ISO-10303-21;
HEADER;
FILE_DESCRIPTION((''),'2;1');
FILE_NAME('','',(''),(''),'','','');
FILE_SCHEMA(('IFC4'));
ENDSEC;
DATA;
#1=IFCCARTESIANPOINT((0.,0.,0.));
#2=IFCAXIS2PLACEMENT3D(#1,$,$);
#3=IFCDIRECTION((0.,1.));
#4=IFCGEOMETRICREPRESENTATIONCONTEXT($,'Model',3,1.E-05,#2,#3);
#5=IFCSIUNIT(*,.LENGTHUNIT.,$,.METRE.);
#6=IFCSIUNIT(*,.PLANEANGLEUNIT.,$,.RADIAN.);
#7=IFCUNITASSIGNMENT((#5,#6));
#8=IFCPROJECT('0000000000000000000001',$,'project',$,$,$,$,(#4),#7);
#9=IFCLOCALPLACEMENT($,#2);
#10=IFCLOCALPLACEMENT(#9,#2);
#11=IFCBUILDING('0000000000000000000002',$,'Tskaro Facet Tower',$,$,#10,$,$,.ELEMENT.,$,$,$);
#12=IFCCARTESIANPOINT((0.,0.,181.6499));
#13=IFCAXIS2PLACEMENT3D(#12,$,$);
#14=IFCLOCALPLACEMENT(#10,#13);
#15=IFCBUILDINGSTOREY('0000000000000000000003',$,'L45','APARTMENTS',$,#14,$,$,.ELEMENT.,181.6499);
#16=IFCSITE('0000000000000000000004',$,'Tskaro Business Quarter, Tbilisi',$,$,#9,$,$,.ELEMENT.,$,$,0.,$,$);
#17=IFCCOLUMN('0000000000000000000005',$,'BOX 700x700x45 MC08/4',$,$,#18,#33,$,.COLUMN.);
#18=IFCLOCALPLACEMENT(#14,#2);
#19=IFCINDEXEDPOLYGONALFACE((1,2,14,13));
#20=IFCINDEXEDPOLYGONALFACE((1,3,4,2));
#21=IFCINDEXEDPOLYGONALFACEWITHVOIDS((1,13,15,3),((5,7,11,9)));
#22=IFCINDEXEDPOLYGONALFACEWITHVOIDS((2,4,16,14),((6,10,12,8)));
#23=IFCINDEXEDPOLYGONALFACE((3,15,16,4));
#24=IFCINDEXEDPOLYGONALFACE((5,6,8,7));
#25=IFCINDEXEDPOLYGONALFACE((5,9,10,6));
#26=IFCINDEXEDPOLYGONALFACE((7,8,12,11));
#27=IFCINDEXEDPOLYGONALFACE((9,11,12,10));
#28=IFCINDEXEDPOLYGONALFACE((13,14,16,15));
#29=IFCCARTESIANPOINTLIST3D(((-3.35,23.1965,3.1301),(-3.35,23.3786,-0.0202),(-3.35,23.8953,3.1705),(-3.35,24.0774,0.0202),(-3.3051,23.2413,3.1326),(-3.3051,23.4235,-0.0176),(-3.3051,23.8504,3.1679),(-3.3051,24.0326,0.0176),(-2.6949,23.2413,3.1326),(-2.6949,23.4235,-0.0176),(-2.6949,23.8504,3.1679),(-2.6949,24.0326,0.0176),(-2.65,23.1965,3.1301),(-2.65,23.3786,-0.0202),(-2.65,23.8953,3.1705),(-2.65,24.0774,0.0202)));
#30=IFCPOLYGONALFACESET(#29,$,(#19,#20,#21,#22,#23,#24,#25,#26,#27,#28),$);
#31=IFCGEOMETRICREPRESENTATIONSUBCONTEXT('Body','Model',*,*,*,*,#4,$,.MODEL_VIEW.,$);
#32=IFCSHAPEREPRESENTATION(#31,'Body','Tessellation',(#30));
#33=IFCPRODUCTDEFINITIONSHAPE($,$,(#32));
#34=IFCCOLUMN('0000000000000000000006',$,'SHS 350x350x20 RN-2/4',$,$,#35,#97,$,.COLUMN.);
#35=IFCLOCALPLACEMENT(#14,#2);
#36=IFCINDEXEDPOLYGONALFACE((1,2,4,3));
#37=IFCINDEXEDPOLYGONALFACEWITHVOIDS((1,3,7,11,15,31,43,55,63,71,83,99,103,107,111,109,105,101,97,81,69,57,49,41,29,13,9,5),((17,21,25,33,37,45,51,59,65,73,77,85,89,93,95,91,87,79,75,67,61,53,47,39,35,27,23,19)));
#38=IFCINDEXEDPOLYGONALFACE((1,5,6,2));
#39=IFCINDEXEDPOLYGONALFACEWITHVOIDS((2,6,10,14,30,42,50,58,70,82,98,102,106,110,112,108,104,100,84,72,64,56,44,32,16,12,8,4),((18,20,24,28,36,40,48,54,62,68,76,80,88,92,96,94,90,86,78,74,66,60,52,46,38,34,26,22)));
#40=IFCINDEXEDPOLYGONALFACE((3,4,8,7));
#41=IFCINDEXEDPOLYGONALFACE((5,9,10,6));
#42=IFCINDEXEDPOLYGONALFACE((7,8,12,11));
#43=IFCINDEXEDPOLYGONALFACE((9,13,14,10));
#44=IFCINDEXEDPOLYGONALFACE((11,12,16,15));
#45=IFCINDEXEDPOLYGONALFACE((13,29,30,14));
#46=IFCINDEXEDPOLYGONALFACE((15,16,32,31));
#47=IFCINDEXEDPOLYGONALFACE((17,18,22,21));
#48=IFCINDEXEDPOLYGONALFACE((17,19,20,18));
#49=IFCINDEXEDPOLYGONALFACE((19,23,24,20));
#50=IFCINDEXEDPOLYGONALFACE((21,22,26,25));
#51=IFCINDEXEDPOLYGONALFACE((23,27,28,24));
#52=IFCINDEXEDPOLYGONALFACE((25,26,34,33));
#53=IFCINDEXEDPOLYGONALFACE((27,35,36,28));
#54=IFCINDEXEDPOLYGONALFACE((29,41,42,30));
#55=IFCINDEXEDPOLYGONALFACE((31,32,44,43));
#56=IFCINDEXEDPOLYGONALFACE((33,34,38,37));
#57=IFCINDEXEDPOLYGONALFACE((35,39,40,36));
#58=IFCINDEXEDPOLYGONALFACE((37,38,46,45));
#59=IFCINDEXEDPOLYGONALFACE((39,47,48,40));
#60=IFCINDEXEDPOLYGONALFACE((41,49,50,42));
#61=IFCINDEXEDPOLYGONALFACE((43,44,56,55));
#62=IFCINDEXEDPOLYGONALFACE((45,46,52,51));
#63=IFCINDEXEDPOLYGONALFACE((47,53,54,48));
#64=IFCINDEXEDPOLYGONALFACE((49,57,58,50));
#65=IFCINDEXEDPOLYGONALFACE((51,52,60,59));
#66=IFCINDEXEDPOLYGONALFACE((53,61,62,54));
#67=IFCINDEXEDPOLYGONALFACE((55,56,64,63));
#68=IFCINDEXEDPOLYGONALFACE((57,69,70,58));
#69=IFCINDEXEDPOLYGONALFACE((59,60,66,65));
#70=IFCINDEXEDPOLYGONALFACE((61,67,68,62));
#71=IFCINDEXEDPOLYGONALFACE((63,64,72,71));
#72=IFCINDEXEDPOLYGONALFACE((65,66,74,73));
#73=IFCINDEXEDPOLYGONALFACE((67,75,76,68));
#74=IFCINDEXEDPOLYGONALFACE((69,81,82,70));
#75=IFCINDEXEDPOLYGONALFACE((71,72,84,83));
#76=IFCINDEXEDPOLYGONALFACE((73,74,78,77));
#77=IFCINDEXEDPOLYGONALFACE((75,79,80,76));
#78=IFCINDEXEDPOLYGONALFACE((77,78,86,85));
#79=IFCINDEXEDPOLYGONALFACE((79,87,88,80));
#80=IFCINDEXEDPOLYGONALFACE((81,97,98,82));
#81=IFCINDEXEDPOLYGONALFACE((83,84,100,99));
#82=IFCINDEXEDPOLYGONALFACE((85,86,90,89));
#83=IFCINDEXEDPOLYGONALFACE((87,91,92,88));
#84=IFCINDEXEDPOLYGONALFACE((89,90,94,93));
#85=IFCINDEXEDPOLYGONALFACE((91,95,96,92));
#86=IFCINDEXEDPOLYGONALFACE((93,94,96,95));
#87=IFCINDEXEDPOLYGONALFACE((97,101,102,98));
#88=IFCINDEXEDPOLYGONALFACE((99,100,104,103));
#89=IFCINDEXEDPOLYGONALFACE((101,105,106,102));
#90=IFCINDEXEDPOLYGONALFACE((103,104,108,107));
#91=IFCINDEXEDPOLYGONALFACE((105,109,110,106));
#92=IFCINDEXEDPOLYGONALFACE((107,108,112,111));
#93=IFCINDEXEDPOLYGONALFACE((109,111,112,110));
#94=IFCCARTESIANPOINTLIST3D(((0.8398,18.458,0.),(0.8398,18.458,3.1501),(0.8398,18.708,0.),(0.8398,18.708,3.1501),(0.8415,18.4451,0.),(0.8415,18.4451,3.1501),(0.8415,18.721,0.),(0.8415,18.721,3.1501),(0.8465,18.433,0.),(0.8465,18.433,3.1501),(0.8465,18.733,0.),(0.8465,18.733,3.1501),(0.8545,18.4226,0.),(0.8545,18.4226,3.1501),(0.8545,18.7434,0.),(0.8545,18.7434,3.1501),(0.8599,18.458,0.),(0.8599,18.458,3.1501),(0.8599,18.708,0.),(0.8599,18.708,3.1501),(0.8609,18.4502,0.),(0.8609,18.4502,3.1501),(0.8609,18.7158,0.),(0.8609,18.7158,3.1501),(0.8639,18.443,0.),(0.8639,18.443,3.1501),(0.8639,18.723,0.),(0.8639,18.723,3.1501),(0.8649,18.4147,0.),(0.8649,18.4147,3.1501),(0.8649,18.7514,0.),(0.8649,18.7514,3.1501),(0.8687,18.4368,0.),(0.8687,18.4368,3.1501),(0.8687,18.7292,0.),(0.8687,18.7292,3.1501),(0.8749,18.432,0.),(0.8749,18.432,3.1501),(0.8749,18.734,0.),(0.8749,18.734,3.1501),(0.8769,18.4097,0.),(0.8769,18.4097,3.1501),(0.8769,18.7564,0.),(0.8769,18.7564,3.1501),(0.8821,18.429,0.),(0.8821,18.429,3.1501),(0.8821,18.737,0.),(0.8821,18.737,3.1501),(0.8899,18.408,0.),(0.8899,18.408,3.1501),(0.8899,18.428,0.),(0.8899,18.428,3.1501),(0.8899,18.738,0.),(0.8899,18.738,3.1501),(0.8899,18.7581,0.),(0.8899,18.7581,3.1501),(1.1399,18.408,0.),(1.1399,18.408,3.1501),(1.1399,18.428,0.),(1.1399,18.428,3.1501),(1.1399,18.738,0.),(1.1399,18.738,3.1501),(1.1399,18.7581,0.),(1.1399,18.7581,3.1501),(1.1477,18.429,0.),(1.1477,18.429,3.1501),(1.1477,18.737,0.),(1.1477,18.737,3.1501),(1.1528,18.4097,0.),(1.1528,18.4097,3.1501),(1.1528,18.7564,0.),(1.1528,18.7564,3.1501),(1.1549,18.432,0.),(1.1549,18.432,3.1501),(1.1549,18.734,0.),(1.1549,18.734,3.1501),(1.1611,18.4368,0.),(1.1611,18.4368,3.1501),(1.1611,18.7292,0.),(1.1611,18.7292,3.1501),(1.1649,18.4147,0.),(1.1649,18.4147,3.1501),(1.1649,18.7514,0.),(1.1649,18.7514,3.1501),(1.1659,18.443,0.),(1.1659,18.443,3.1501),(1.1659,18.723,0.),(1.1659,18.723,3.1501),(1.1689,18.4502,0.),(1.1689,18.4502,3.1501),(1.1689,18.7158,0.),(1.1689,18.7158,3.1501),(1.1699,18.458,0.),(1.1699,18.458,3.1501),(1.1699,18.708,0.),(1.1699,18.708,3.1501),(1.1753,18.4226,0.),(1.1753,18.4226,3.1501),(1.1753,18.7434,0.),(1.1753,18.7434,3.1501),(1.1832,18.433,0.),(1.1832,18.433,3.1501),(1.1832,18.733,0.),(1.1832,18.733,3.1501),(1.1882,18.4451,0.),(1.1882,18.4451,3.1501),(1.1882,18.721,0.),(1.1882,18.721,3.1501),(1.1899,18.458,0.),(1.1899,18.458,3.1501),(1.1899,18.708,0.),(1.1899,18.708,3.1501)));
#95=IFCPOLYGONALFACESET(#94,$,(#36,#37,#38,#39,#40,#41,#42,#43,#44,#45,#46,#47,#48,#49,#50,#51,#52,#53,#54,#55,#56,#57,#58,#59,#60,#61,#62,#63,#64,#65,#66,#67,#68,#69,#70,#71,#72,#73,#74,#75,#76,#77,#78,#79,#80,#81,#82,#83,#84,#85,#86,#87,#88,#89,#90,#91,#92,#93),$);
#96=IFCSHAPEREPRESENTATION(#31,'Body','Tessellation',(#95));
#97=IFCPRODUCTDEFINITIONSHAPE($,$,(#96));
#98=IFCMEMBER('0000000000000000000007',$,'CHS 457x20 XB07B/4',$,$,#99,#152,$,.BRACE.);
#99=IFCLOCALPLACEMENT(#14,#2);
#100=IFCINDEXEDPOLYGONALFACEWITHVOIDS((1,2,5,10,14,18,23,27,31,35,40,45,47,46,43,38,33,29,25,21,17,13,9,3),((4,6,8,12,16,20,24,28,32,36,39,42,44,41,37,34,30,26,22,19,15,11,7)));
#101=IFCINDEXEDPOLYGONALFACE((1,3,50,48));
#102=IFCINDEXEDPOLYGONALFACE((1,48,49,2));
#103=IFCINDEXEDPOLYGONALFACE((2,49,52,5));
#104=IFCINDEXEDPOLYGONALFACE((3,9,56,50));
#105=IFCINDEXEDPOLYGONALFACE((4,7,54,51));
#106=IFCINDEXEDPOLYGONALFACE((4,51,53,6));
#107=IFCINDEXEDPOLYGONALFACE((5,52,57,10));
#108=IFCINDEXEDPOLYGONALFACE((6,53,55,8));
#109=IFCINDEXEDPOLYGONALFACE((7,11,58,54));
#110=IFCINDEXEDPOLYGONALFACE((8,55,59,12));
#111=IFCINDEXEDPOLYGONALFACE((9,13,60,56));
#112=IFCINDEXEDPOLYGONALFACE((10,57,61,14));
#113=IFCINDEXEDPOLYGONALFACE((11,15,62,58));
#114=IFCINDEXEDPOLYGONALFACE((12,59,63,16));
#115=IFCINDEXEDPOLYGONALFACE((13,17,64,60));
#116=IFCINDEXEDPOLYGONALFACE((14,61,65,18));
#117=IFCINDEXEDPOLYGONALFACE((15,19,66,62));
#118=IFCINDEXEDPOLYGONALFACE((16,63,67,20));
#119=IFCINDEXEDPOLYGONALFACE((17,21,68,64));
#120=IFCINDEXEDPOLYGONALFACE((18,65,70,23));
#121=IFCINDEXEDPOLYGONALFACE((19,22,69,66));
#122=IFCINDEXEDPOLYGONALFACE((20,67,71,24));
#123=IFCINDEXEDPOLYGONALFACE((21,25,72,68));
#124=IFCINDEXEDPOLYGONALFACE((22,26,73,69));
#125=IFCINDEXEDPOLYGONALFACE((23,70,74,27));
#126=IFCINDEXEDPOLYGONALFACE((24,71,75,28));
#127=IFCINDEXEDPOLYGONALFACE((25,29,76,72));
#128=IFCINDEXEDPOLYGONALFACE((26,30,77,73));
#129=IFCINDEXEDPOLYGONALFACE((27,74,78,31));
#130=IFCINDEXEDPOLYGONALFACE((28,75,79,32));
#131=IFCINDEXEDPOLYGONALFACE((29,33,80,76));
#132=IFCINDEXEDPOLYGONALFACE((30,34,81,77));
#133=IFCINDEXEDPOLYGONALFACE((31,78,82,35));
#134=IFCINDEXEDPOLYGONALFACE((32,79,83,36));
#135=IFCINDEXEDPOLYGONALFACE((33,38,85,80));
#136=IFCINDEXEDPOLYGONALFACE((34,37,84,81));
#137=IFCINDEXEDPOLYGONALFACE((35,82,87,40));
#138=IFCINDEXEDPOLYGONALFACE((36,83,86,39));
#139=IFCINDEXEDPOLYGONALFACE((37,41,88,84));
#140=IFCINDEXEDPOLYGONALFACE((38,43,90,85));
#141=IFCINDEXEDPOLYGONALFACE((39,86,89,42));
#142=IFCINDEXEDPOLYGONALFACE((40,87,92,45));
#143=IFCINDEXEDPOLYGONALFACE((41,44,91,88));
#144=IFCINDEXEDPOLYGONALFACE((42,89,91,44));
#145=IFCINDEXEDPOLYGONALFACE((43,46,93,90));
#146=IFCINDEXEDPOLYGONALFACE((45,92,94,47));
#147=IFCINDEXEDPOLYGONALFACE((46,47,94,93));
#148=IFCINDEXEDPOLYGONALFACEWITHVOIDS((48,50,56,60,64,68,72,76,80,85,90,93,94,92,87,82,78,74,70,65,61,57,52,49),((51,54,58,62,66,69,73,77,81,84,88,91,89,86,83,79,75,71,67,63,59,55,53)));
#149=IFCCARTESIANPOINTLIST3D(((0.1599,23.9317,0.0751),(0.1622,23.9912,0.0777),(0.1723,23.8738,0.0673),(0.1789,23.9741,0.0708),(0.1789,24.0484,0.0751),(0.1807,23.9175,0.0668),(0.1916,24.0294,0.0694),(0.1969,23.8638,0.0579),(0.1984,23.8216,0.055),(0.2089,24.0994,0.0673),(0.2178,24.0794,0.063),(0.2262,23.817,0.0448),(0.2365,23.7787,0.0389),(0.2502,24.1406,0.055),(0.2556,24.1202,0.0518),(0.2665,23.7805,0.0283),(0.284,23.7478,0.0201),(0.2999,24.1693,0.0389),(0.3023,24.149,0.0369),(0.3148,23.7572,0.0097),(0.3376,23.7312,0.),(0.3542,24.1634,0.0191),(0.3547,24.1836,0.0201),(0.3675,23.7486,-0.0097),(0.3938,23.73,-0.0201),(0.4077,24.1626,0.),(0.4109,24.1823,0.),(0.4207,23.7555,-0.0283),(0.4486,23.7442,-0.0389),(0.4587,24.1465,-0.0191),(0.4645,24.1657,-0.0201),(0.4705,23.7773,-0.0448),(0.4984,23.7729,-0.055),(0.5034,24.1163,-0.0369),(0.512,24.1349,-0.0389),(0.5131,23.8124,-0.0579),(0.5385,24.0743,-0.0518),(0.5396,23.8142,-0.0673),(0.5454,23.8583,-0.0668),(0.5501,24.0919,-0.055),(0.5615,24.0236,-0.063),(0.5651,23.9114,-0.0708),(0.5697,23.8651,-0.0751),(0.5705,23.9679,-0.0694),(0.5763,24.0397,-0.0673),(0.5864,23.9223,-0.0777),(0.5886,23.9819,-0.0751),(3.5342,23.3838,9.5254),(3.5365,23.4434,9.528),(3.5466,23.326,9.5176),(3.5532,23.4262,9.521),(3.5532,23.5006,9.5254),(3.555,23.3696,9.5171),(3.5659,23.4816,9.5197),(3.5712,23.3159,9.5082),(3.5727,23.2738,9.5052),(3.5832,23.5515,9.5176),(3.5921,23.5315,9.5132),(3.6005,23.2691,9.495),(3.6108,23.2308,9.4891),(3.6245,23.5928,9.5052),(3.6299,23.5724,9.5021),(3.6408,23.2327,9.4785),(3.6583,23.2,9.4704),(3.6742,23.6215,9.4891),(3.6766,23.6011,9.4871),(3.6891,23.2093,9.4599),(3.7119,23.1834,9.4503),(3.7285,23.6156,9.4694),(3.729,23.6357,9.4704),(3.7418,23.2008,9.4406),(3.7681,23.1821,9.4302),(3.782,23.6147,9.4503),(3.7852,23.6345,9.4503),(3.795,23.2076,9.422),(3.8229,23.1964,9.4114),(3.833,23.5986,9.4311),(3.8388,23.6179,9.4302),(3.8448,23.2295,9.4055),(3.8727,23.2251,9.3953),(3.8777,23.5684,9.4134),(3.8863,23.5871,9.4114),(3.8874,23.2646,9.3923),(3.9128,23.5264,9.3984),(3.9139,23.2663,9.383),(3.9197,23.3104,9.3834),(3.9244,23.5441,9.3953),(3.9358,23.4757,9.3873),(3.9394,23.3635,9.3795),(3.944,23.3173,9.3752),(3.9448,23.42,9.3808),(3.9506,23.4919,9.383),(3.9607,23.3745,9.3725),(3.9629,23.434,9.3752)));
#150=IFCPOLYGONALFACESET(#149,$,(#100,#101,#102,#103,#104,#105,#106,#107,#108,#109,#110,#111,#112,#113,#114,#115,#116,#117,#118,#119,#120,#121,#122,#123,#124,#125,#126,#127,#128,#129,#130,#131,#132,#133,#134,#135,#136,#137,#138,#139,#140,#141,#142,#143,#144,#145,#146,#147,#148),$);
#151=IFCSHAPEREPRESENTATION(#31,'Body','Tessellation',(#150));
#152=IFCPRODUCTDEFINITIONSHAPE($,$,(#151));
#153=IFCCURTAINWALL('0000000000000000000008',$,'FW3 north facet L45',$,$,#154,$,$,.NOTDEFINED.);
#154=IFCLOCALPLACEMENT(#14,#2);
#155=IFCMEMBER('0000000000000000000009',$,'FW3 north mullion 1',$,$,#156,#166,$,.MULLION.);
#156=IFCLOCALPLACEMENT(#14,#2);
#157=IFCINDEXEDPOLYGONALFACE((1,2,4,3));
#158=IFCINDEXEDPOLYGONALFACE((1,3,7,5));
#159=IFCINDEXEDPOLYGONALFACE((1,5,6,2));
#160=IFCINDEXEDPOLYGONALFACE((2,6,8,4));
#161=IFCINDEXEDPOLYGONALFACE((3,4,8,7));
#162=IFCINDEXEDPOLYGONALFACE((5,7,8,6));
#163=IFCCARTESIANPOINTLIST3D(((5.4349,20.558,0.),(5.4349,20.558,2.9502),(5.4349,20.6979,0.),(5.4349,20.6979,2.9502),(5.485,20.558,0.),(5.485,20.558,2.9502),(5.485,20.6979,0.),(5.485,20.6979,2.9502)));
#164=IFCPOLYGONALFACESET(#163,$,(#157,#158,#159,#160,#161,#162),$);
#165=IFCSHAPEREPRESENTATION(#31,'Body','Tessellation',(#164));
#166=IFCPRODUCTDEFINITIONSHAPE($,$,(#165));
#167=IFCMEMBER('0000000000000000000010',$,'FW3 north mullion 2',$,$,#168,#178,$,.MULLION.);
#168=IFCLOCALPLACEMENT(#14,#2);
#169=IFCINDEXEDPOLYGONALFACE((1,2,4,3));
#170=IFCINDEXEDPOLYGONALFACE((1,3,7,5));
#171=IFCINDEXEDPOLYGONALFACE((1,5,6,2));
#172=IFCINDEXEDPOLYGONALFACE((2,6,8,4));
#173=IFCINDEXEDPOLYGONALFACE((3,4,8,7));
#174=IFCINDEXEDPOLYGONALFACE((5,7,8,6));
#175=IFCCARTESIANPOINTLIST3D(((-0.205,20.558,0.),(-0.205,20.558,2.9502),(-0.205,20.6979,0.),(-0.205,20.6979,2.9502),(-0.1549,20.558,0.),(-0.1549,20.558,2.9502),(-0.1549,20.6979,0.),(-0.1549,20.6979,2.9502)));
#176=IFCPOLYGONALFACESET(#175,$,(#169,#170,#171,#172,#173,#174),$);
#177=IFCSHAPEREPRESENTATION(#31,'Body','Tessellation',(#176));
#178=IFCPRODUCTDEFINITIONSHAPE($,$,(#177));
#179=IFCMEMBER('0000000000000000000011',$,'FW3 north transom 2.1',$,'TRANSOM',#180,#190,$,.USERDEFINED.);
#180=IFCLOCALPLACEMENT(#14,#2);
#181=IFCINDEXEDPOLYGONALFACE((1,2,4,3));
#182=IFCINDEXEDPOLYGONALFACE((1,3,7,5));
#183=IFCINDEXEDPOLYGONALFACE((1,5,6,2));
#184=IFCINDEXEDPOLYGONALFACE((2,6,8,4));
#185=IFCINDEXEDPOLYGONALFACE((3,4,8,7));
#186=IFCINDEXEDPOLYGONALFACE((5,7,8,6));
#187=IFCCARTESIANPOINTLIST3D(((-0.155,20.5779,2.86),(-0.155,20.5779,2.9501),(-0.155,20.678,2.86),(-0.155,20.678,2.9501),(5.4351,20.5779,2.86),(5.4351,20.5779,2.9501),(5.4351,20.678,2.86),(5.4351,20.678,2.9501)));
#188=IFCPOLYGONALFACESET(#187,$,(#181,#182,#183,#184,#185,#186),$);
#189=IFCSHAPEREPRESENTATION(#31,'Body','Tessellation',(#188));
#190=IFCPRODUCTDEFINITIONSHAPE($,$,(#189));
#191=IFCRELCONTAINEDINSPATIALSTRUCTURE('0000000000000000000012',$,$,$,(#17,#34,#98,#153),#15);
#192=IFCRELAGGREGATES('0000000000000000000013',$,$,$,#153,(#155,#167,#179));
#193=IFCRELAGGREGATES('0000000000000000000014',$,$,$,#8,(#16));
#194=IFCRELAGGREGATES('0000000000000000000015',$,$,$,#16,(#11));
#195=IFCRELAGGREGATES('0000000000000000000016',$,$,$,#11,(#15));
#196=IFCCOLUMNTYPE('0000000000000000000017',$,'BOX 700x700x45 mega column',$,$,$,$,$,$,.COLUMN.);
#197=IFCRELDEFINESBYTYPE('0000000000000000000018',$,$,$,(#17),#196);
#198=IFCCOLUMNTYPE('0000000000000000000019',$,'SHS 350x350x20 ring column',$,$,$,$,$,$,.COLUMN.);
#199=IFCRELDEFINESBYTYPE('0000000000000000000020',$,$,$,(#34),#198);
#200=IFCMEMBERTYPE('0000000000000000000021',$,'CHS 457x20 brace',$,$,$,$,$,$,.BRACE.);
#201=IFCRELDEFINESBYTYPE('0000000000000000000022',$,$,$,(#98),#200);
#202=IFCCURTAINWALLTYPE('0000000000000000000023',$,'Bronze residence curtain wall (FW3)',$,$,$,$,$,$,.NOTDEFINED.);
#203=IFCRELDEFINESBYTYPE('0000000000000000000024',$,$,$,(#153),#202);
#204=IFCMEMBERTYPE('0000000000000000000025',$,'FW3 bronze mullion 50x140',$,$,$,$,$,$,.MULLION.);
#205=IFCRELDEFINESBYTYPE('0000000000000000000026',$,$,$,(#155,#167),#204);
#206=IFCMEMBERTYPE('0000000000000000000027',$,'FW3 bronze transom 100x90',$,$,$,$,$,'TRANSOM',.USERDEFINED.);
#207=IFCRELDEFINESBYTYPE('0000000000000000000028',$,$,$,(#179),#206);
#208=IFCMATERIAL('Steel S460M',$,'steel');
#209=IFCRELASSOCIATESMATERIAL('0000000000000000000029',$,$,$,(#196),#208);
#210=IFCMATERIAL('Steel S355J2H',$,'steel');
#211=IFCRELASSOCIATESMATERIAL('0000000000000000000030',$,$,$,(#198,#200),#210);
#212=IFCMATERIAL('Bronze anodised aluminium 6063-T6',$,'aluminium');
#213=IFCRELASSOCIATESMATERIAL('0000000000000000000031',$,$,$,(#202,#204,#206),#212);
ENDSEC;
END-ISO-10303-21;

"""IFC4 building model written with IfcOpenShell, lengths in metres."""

from ifc_helpers import new_model, si_unit, direction, frame, origin, origin_2d, place, context, subcontext, project, spatial, rectangle, hollow_rectangle, hollow_circle, extrude, material, material_profile, profile_set, type_object, element, aggregate, save


model = new_model("IFC4")

# Units and contexts
model_context = context("Model", 3, precision=1e-05, world=origin(), true_north=direction((0.0, 1.0)))
body_context = subcontext(model_context, "Body", "Model", "MODEL_VIEW")
ifc_project = project(units=[si_unit("LENGTHUNIT", "METRE"), si_unit("PLANEANGLEUNIT", "RADIAN")], contexts=[model_context])

# Site, building, storey
site_placement = place(None, origin())
site = spatial("IfcSite", under=ifc_project, at=site_placement, Name="Tskaro Business Quarter, Tbilisi", CompositionType="ELEMENT", RefElevation=0.0)
building_placement = place(site_placement, origin())
building = spatial("IfcBuilding", under=site, at=building_placement, Name="Tskaro Facet Tower", CompositionType="ELEMENT")
storey_placement = place(building_placement, frame((0.0, 0.0, 181.6499)))
storey = spatial("IfcBuildingStorey", under=building, at=storey_placement, Name="L45", Description="APARTMENTS", CompositionType="ELEMENT", Elevation=181.6499)

# Columns
ifc_material_1 = material(Name="Steel S460M", Category="steel")
ifc_material_profile_1 = material_profile(ifc_material_1, hollow_rectangle(XDim=0.7, YDim=0.7, WallThickness=0.0449, at=origin_2d()), Name="BOX 700x700x45")
ifc_profile_set_1 = profile_set([ifc_material_profile_1], Name="Steel S460M")
column_type_1 = type_object("IfcColumnType", Name="BOX 700x700x45 mega column", PredefinedType="COLUMN", material=ifc_profile_set_1)
column_1_placement = place(storey_placement, frame((-3.0, 23.728, 0.0), z_axis=(0.0, -0.05772, 0.998333), x_axis=(1.0, 0.0, 0.0)))
element("IfcColumn", 1, at=column_1_placement, inside=storey, type_object=column_type_1, Name="BOX 700x700x45 MC08/4", PredefinedType="COLUMN", context=body_context, shape_type="SweptSolid", body=[
    extrude(hollow_rectangle(XDim=0.7, YDim=0.7, WallThickness=0.0449, at=origin_2d()), origin(), (0.0, 0.0, 1.0), 3.1555),
])
ifc_material_2 = material(Name="Steel S355J2H", Category="steel")
ifc_material_profile_2 = material_profile(ifc_material_2, hollow_rectangle(XDim=0.3501, YDim=0.3501, WallThickness=0.02, InnerFilletRadius=0.03, OuterFilletRadius=0.05, at=origin_2d()), Name="SHS 350x350x20")
ifc_profile_set_2 = profile_set([ifc_material_profile_2], Name="Steel S355J2H")
column_type_2 = type_object("IfcColumnType", Name="SHS 350x350x20 ring column", PredefinedType="COLUMN", material=ifc_profile_set_2)
column_2_placement = place(storey_placement, frame((1.0149, 18.583, 0.0), z_axis=(0.0, 0.0, 1.0), x_axis=(1.0, 0.0, 0.0)))
element("IfcColumn", 2, at=column_2_placement, inside=storey, type_object=column_type_2, Name="SHS 350x350x20 RN-2/4", PredefinedType="COLUMN", context=body_context, shape_type="SweptSolid", body=[
    extrude(hollow_rectangle(XDim=0.3501, YDim=0.3501, WallThickness=0.02, InnerFilletRadius=0.03, OuterFilletRadius=0.05, at=origin_2d()), origin(), (0.0, 0.0, 1.0), 3.1501),
])

# Member
ifc_material_profile_3 = material_profile(ifc_material_2, hollow_circle(Radius=0.2285, WallThickness=0.02, at=origin_2d()), Name="CHS 457x20")
ifc_profile_set_3 = profile_set([ifc_material_profile_3], Name="Steel S355J2H")
member_type_1 = type_object("IfcMemberType", Name="CHS 457x20 brace", PredefinedType="BRACE", material=ifc_profile_set_3)
member_1_placement = place(storey_placement, frame((0.3743, 23.9568, 0.0), z_axis=(0.335765, -0.054515, 0.940367), x_axis=(0.160263, 0.987074, 0.0)))
element("IfcMember", 3, at=member_1_placement, inside=storey, type_object=member_type_1, Name="CHS 457x20 XB07B/4", PredefinedType="BRACE", context=body_context, shape_type="SweptSolid", body=[
    extrude(hollow_circle(Radius=0.2285, WallThickness=0.02, at=origin_2d()), origin(), (0.0, 0.0, 1.0), 10.0496),
])

# Curtain wall, members
ifc_material_3 = material(Name="Bronze anodised aluminium 6063-T6", Category="aluminium")
curtain_wall_type = type_object("IfcCurtainWallType", Name="Bronze residence curtain wall (FW3)", PredefinedType="NOTDEFINED", material=ifc_material_3)
curtain_wall_placement = place(storey_placement, origin())
curtain_wall = element("IfcCurtainWall", 4, at=curtain_wall_placement, inside=storey, type_object=curtain_wall_type, Name="FW3 north facet L45", PredefinedType="NOTDEFINED")
ifc_material_profile_4 = material_profile(ifc_material_3, rectangle(XDim=0.05, YDim=0.1399, at=origin_2d()), Name="Mullion 50x140")
ifc_profile_set_4 = profile_set([ifc_material_profile_4], Name="Bronze anodised aluminium 6063-T6")
member_type_2 = type_object("IfcMemberType", Name="FW3 bronze mullion 50x140", PredefinedType="MULLION", material=ifc_profile_set_4)
member_2_placement = place(storey_placement, frame((5.46, 20.6279, 0.0), z_axis=(0.0, 0.0, 1.0), x_axis=(-1.0, 0.0, 0.0)))
member_2 = element("IfcMember", 5, at=member_2_placement, type_object=member_type_2, Name="FW3 north mullion 1", PredefinedType="MULLION", context=body_context, shape_type="SweptSolid", body=[
    extrude(rectangle(XDim=0.05, YDim=0.1399, at=origin_2d()), origin(), (0.0, 0.0, 1.0), 2.9502),
])
member_3_placement = place(storey_placement, frame((-0.1799, 20.6279, 0.0), z_axis=(0.0, 0.0, 1.0), x_axis=(-1.0, 0.0, 0.0)))
member_3 = element("IfcMember", 6, at=member_3_placement, type_object=member_type_2, Name="FW3 north mullion 2", PredefinedType="MULLION", context=body_context, shape_type="SweptSolid", body=[
    extrude(rectangle(XDim=0.05, YDim=0.1399, at=origin_2d()), origin(), (0.0, 0.0, 1.0), 2.9502),
])
ifc_material_profile_5 = material_profile(ifc_material_3, rectangle(XDim=0.1001, YDim=0.0901, at=origin_2d()), Name="Transom 100x90")
ifc_profile_set_5 = profile_set([ifc_material_profile_5], Name="Bronze anodised aluminium 6063-T6")
member_type_3 = type_object("IfcMemberType", Name="FW3 bronze transom 100x90", ElementType="TRANSOM", PredefinedType="USERDEFINED", material=ifc_profile_set_5)
member_4_placement = place(storey_placement, frame((5.4351, 20.6279, 2.905), z_axis=(-1.0, 0.0, 0.0), x_axis=(0.0, -1.0, 0.0)))
member_4 = element("IfcMember", 7, at=member_4_placement, type_object=member_type_3, Name="FW3 north transom 2.1", ObjectType="TRANSOM", PredefinedType="USERDEFINED", context=body_context, shape_type="SweptSolid", body=[
    extrude(rectangle(XDim=0.1001, YDim=0.0901, at=origin_2d()), origin(), (0.0, 0.0, 1.0), 5.5901),
])

aggregate(curtain_wall, [member_2, member_3, member_4])

save(model, "model.ifc")
